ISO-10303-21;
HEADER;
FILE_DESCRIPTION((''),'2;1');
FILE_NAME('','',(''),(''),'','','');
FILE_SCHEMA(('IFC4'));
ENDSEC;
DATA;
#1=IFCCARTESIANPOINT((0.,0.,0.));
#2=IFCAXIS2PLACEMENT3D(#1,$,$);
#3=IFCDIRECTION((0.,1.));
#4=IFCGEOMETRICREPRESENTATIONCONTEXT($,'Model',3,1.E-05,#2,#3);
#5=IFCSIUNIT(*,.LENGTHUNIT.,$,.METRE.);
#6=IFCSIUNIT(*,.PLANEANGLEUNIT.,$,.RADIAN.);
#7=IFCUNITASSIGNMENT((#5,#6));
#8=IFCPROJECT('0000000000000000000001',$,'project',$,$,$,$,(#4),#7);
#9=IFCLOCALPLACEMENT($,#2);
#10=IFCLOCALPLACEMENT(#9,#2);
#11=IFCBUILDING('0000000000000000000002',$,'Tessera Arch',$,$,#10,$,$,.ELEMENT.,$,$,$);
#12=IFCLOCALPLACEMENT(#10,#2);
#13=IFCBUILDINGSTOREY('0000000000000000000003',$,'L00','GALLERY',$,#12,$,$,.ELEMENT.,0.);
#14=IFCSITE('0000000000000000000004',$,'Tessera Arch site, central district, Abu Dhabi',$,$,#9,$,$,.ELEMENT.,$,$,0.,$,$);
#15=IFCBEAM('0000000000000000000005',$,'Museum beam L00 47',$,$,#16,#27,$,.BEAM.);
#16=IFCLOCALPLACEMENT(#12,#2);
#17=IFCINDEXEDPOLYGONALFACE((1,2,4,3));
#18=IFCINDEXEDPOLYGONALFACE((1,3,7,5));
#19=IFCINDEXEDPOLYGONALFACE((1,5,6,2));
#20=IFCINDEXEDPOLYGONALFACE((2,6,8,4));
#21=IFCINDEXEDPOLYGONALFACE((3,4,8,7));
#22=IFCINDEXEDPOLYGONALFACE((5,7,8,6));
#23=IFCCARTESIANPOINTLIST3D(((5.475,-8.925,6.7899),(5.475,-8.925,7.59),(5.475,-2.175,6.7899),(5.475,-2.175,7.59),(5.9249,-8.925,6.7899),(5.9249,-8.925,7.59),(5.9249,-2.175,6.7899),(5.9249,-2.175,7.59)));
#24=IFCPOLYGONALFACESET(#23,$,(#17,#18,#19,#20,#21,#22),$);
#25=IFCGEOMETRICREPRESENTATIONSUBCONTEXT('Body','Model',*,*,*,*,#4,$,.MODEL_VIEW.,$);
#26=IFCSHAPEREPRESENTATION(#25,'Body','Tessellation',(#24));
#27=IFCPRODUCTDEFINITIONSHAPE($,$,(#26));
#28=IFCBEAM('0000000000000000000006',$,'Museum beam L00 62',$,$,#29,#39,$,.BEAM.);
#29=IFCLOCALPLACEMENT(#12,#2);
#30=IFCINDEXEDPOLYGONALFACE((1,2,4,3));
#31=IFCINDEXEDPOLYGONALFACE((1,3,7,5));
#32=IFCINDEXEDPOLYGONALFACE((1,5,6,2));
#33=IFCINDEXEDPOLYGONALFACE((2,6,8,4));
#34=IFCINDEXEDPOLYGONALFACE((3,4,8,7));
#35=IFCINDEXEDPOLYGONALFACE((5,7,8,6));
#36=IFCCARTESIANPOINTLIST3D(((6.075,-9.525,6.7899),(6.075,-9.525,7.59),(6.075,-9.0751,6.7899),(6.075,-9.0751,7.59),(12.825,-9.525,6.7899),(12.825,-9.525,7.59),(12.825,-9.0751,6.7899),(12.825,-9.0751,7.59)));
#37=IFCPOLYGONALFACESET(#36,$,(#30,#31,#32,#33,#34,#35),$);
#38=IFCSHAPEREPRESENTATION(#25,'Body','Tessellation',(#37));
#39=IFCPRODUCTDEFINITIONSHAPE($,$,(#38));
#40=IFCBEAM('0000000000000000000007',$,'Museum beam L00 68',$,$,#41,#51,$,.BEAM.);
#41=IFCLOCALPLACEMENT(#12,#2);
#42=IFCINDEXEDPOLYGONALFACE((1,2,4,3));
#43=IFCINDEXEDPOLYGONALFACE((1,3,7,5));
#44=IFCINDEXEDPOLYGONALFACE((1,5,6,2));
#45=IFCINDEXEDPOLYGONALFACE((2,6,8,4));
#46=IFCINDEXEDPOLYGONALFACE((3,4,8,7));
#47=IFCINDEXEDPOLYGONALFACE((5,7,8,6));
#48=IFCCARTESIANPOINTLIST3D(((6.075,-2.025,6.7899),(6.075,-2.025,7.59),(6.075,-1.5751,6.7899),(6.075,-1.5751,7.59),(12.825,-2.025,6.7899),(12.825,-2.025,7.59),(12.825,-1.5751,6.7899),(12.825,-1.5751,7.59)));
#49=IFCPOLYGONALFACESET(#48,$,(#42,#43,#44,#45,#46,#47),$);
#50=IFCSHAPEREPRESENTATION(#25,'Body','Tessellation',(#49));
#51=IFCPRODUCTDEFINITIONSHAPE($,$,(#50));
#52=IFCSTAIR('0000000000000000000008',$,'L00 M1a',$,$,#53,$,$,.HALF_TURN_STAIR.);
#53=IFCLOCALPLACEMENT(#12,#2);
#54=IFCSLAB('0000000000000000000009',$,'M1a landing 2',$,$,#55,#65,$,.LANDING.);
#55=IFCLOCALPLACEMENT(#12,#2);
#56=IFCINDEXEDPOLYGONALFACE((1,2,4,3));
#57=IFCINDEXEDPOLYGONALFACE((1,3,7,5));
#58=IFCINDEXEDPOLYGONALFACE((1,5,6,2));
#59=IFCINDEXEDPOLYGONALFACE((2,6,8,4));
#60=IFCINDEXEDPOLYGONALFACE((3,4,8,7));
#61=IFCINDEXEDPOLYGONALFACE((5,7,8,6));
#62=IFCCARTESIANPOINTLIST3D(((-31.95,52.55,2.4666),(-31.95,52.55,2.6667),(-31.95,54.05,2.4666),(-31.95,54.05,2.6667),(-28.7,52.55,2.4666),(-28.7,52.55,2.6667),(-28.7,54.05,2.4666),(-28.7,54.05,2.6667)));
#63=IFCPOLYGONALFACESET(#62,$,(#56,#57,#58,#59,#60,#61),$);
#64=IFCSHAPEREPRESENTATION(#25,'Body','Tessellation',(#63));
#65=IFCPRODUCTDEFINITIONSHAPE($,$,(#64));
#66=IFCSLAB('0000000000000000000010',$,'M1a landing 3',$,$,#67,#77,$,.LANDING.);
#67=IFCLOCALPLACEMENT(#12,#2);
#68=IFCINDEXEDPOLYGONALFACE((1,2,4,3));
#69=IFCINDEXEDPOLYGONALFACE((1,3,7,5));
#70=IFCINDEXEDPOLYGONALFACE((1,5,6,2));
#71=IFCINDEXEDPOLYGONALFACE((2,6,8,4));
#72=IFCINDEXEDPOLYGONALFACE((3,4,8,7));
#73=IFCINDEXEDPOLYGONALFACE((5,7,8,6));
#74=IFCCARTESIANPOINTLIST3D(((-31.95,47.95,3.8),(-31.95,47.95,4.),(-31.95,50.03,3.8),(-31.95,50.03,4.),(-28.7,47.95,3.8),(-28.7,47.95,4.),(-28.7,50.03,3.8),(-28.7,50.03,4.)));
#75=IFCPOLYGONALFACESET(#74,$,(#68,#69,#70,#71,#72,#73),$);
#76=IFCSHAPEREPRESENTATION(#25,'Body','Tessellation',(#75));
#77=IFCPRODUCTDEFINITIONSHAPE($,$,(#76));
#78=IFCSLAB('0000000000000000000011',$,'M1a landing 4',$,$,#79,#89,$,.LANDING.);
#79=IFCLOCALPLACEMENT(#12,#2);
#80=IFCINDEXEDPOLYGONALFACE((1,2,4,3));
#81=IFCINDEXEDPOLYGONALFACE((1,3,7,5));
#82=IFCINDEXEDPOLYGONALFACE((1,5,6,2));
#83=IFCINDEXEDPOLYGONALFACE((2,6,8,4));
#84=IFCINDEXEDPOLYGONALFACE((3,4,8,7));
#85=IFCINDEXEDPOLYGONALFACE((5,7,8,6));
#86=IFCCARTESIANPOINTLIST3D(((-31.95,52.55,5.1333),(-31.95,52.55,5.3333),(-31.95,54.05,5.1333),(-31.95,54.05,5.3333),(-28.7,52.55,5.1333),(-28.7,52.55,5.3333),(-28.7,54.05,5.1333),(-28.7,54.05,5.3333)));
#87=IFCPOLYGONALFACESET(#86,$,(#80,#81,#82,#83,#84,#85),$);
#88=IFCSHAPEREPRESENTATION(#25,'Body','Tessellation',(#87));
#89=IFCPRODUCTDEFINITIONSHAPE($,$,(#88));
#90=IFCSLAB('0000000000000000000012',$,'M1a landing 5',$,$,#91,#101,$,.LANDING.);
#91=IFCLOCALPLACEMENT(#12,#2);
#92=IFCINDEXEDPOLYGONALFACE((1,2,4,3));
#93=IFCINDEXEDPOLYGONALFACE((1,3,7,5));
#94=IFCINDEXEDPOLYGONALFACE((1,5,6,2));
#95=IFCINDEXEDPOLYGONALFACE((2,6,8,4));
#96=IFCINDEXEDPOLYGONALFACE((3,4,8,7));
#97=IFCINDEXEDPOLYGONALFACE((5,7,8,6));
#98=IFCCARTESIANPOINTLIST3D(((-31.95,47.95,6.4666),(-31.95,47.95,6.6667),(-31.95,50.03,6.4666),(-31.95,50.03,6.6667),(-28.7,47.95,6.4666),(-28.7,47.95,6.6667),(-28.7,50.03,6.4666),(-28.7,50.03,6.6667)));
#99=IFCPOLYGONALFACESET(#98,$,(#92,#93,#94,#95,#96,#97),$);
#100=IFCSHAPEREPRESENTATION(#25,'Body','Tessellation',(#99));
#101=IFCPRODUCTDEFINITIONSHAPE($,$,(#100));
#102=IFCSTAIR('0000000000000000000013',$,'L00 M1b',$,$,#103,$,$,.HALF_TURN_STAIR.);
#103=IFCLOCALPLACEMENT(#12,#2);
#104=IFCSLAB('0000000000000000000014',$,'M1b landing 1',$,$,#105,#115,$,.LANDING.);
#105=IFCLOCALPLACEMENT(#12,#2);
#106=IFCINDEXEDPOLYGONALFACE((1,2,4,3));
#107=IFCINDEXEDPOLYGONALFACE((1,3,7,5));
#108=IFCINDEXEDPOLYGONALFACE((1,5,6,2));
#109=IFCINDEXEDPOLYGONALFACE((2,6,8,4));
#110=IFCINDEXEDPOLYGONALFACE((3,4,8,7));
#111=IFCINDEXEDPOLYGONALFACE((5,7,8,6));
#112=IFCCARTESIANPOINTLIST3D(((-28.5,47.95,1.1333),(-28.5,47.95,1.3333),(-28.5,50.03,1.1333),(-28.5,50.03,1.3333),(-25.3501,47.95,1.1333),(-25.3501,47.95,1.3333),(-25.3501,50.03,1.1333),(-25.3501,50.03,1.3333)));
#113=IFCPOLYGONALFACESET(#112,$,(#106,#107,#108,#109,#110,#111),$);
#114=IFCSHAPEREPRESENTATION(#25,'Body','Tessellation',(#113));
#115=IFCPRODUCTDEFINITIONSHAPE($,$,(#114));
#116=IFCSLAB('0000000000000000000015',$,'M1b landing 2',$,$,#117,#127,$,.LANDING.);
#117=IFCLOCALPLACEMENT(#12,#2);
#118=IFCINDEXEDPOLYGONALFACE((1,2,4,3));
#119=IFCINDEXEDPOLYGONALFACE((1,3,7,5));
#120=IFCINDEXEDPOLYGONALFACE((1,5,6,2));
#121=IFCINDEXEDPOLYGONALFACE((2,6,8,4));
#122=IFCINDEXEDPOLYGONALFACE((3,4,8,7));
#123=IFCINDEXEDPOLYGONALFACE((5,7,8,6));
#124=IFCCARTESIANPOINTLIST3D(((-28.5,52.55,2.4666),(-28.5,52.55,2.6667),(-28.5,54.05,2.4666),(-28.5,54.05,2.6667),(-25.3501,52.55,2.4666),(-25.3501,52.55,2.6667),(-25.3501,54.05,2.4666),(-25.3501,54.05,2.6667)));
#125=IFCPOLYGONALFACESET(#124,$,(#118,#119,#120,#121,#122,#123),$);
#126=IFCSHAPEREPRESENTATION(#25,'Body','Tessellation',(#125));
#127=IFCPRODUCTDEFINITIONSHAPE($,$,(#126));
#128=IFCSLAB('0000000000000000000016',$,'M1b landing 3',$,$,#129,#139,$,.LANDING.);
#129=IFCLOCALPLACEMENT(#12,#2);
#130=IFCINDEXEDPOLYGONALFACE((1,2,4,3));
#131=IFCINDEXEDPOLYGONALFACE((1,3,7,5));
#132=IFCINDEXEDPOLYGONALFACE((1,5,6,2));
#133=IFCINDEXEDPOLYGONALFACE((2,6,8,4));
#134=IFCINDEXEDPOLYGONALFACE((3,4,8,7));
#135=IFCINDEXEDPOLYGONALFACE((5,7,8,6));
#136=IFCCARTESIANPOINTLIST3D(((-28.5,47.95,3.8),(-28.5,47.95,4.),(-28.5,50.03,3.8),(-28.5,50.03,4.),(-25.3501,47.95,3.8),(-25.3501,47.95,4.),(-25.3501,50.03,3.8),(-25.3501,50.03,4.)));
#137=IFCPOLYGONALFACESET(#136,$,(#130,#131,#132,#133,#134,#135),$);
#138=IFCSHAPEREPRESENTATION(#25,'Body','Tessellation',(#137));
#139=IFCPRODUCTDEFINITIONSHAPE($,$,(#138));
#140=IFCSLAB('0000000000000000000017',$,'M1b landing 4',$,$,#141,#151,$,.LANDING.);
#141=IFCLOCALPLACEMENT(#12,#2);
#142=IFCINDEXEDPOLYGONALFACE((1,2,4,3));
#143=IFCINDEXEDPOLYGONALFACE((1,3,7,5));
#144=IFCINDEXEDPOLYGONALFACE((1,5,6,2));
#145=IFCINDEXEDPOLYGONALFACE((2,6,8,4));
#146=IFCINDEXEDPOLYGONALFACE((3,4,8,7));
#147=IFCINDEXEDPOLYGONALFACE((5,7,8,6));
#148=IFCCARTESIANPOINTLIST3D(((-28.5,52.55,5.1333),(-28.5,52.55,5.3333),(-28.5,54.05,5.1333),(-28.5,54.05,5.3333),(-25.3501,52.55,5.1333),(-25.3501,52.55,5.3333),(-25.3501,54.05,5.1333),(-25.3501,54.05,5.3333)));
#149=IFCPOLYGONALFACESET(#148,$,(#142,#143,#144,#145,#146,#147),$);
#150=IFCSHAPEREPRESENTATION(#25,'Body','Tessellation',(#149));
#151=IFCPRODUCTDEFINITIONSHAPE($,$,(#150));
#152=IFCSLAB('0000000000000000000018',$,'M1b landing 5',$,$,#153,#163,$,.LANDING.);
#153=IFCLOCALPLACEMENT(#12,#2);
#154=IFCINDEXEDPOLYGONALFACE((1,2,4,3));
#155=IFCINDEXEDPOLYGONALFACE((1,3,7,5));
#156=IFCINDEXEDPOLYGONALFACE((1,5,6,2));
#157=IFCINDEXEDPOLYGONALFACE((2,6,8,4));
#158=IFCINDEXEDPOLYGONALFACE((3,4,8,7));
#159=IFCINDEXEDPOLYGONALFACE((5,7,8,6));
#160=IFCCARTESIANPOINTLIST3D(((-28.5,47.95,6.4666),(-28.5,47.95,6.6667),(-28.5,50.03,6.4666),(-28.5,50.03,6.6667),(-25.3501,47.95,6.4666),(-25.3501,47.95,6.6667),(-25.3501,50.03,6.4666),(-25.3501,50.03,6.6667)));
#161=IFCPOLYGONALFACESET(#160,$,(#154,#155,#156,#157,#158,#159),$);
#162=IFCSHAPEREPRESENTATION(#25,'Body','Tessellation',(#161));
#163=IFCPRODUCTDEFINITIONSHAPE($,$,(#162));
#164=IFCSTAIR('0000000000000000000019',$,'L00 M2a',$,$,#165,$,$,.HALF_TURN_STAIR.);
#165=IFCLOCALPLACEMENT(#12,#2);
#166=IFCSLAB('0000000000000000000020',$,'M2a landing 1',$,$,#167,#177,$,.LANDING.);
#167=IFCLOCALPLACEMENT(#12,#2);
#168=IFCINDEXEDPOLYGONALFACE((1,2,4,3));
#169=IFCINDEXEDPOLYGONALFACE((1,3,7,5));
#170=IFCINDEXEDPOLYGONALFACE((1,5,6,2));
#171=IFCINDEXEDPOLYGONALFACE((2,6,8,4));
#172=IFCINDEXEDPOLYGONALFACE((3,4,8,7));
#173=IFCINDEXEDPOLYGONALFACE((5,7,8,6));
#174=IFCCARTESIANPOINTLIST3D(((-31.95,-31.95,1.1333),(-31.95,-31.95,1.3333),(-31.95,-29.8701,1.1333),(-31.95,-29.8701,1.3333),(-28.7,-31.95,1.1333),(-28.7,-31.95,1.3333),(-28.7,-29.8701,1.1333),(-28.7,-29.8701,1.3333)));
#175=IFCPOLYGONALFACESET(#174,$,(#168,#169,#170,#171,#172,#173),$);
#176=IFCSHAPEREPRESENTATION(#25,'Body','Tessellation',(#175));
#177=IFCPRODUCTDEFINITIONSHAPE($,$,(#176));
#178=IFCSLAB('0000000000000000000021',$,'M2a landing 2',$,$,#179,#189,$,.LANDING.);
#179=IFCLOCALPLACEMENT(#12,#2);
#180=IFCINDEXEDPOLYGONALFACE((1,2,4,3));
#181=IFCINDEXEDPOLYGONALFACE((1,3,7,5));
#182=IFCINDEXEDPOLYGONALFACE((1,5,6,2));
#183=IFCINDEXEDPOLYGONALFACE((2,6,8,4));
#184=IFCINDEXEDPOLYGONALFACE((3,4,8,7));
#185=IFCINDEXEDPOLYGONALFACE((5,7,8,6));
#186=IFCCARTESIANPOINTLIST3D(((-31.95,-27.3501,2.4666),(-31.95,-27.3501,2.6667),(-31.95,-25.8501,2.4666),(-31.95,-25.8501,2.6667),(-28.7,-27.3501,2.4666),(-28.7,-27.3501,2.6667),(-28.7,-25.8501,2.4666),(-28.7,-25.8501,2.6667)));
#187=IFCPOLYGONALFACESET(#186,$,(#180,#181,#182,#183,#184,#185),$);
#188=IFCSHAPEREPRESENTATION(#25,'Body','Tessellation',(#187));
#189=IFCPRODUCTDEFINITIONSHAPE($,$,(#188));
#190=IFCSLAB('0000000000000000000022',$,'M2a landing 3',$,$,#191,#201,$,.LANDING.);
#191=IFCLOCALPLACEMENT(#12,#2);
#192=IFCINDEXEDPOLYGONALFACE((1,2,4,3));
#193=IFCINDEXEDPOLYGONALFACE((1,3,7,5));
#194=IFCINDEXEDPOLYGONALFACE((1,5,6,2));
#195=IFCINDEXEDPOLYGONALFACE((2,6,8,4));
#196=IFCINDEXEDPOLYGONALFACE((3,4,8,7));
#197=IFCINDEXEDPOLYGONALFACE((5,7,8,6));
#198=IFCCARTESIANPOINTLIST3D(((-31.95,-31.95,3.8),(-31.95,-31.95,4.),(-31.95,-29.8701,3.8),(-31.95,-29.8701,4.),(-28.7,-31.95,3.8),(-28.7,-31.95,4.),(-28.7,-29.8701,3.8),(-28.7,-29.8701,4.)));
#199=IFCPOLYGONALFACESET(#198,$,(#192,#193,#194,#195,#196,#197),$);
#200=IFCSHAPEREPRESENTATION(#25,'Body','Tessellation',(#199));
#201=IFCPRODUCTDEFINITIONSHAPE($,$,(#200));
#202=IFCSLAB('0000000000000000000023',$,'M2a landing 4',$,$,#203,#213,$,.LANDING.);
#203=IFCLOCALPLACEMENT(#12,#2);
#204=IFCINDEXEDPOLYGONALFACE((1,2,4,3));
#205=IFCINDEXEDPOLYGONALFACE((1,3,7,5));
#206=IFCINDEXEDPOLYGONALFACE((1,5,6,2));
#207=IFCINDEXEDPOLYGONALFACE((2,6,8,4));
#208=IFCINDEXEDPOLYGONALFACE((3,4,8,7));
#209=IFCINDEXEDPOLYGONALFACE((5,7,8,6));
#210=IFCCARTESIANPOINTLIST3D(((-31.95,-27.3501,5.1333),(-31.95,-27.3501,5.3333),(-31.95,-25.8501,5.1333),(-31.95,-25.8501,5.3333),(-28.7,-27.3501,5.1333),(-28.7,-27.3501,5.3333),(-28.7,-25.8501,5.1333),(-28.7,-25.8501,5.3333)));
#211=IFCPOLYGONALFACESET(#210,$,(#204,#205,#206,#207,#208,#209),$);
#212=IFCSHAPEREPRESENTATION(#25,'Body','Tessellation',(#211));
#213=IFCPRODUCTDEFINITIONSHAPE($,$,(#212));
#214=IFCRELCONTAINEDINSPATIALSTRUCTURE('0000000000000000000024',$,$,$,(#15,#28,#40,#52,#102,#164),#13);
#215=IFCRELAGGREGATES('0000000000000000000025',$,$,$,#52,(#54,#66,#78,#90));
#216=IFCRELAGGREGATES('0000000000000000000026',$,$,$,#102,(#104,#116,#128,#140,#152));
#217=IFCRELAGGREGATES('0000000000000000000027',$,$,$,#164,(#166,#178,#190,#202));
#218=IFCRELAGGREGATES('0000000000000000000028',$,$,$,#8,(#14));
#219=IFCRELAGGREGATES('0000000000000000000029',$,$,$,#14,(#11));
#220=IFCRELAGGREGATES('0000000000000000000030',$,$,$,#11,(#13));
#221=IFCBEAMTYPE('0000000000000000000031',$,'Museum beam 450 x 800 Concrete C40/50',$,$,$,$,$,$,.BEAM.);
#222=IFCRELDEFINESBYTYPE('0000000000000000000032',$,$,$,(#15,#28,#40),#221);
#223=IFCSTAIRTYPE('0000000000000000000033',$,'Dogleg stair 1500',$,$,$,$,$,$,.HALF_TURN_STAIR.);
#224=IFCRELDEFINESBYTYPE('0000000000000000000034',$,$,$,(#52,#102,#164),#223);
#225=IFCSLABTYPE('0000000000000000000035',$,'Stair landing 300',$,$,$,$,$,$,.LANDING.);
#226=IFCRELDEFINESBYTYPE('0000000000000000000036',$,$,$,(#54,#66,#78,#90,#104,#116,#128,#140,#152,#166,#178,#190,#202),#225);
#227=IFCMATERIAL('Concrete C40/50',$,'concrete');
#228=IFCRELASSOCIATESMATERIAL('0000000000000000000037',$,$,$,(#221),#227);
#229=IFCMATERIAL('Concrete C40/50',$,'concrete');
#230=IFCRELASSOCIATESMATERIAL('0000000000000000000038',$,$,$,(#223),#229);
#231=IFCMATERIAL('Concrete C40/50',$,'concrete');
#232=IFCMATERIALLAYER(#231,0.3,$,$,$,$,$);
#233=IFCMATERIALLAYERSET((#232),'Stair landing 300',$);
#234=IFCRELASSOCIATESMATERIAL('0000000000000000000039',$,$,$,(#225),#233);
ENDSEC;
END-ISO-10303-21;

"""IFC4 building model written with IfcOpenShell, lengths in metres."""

from ifc_helpers import new_model, si_unit, direction, frame, origin, origin_2d, place, context, subcontext, project, spatial, polyline, rectangle, outline, extrude, material, layer, layer_set, material_profile, profile_set, type_object, element, aggregate, save


model = new_model("IFC4")

# Units and contexts
model_context = context("Model", 3, precision=1e-05, world=origin(), true_north=direction((0.0, 1.0)))
body_context = subcontext(model_context, "Body", "Model", "MODEL_VIEW")
ifc_project = project(units=[si_unit("LENGTHUNIT", "METRE"), si_unit("PLANEANGLEUNIT", "RADIAN")], contexts=[model_context])

# Site, building, storey
site_placement = place(None, origin())
site = spatial("IfcSite", under=ifc_project, at=site_placement, Name="Tessera Arch site, central district, Abu Dhabi", CompositionType="ELEMENT", RefElevation=0.0)
building_placement = place(site_placement, origin())
building = spatial("IfcBuilding", under=site, at=building_placement, Name="Tessera Arch", CompositionType="ELEMENT")
storey_placement = place(building_placement, origin())
storey = spatial("IfcBuildingStorey", under=building, at=storey_placement, Name="L00", Description="GALLERY", CompositionType="ELEMENT", Elevation=0.0)

# Beams
ifc_material_1 = material(Name="Concrete C40/50", Category="concrete")
ifc_material_profile = material_profile(ifc_material_1, rectangle(XDim=0.45, YDim=0.8, at=origin_2d()), Name="Museum beam 450 x 800 Concrete C40/50")
ifc_profile_set = profile_set([ifc_material_profile], Name="Concrete C40/50")
beam_type = type_object("IfcBeamType", Name="Museum beam 450 x 800 Concrete C40/50", PredefinedType="BEAM", material=ifc_profile_set)
for number, where, z_axis, x_axis, name in (
    (1, (5.7, -8.925, 7.1899), (0.0, 1.0, 0.0), (-1.0, 0.0, 0.0), "Museum beam L00 47"),
    (2, (6.075, -9.3, 7.1899), (1.0, 0.0, 0.0), (0.0, 1.0, 0.0), "Museum beam L00 62"),
    (3, (6.075, -1.8, 7.1899), (1.0, 0.0, 0.0), (0.0, 1.0, 0.0), "Museum beam L00 68"),
):
    element("IfcBeam", number, at=place(storey_placement, frame(where, z_axis=z_axis, x_axis=x_axis)), inside=storey, type_object=beam_type, Name=name, PredefinedType="BEAM", context=body_context, shape_type="SweptSolid", body=[
        extrude(rectangle(XDim=0.45, YDim=0.8, at=origin_2d()), origin(), (0.0, 0.0, 1.0), 6.75),
    ])

# Stairs, slabs
ifc_material_2 = material(Name="Concrete C40/50", Category="concrete")
stair_type = type_object("IfcStairType", Name="Dogleg stair 1500", PredefinedType="HALF_TURN_STAIR", material=ifc_material_2)
stair_1_placement = place(storey_placement, origin())
stair_1 = element("IfcStair", 4, at=stair_1_placement, inside=storey, type_object=stair_type, Name="L00 M1a", PredefinedType="HALF_TURN_STAIR")
ifc_material_3 = material(Name="Concrete C40/50", Category="concrete")
ifc_layer = layer(ifc_material_3, 0.3)
ifc_layer_set = layer_set([ifc_layer], Name="Stair landing 300")
slab_type = type_object("IfcSlabType", Name="Stair landing 300", PredefinedType="LANDING", material=ifc_layer_set)
slab_1_placement = place(storey_placement, frame((0.0, 0.0, 2.4666)))
slab_1 = element("IfcSlab", 5, at=slab_1_placement, type_object=slab_type, Name="M1a landing 2", PredefinedType="LANDING", context=body_context, shape_type="SweptSolid", body=[
    extrude(outline(polyline([(-31.95, 54.05), (-31.95, 52.55), (-28.7, 52.55), (-28.7, 54.05), (-31.95, 54.05)])), origin(), (0.0, 0.0, 1.0), 0.2002),
])
slab_2_placement = place(storey_placement, frame((0.0, 0.0, 3.8)))
slab_2 = element("IfcSlab", 6, at=slab_2_placement, type_object=slab_type, Name="M1a landing 3", PredefinedType="LANDING", context=body_context, shape_type="SweptSolid", body=[
    extrude(outline(polyline([(-31.95, 50.03), (-31.95, 47.95), (-28.7, 47.95), (-28.7, 50.03), (-31.95, 50.03)])), origin(), (0.0, 0.0, 1.0), 0.2),
])
slab_3_placement = place(storey_placement, frame((0.0, 0.0, 5.1333)))
slab_3 = element("IfcSlab", 7, at=slab_3_placement, type_object=slab_type, Name="M1a landing 4", PredefinedType="LANDING", context=body_context, shape_type="SweptSolid", body=[
    extrude(outline(polyline([(-31.95, 54.05), (-31.95, 52.55), (-28.7, 52.55), (-28.7, 54.05), (-31.95, 54.05)])), origin(), (0.0, 0.0, 1.0), 0.2),
])
slab_4_placement = place(storey_placement, frame((0.0, 0.0, 6.4666)))
slab_4 = element("IfcSlab", 8, at=slab_4_placement, type_object=slab_type, Name="M1a landing 5", PredefinedType="LANDING", context=body_context, shape_type="SweptSolid", body=[
    extrude(outline(polyline([(-31.95, 50.03), (-31.95, 47.95), (-28.7, 47.95), (-28.7, 50.03), (-31.95, 50.03)])), origin(), (0.0, 0.0, 1.0), 0.2002),
])
aggregate(stair_1, [slab_1, slab_2, slab_3, slab_4])
stair_2_placement = place(storey_placement, origin())
stair_2 = element("IfcStair", 9, at=stair_2_placement, inside=storey, type_object=stair_type, Name="L00 M1b", PredefinedType="HALF_TURN_STAIR")
slab_5_placement = place(storey_placement, frame((0.0, 0.0, 1.1333)))
slab_5 = element("IfcSlab", 10, at=slab_5_placement, type_object=slab_type, Name="M1b landing 1", PredefinedType="LANDING", context=body_context, shape_type="SweptSolid", body=[
    extrude(outline(polyline([(-28.5, 50.03), (-28.5, 47.95), (-25.3501, 47.95), (-25.3501, 50.03), (-28.5, 50.03)])), origin(), (0.0, 0.0, 1.0), 0.2),
])
slab_6_placement = place(storey_placement, frame((0.0, 0.0, 2.4666)))
slab_6 = element("IfcSlab", 11, at=slab_6_placement, type_object=slab_type, Name="M1b landing 2", PredefinedType="LANDING", context=body_context, shape_type="SweptSolid", body=[
    extrude(outline(polyline([(-28.5, 54.05), (-28.5, 52.55), (-25.3501, 52.55), (-25.3501, 54.05), (-28.5, 54.05)])), origin(), (0.0, 0.0, 1.0), 0.2002),
])
slab_7_placement = place(storey_placement, frame((0.0, 0.0, 3.8)))
slab_7 = element("IfcSlab", 12, at=slab_7_placement, type_object=slab_type, Name="M1b landing 3", PredefinedType="LANDING", context=body_context, shape_type="SweptSolid", body=[
    extrude(outline(polyline([(-28.5, 50.03), (-28.5, 47.95), (-25.3501, 47.95), (-25.3501, 50.03), (-28.5, 50.03)])), origin(), (0.0, 0.0, 1.0), 0.2),
])
slab_8_placement = place(storey_placement, frame((0.0, 0.0, 5.1333)))
slab_8 = element("IfcSlab", 13, at=slab_8_placement, type_object=slab_type, Name="M1b landing 4", PredefinedType="LANDING", context=body_context, shape_type="SweptSolid", body=[
    extrude(outline(polyline([(-28.5, 54.05), (-28.5, 52.55), (-25.3501, 52.55), (-25.3501, 54.05), (-28.5, 54.05)])), origin(), (0.0, 0.0, 1.0), 0.2),
])
slab_9_placement = place(storey_placement, frame((0.0, 0.0, 6.4666)))
slab_9 = element("IfcSlab", 14, at=slab_9_placement, type_object=slab_type, Name="M1b landing 5", PredefinedType="LANDING", context=body_context, shape_type="SweptSolid", body=[
    extrude(outline(polyline([(-28.5, 50.03), (-28.5, 47.95), (-25.3501, 47.95), (-25.3501, 50.03), (-28.5, 50.03)])), origin(), (0.0, 0.0, 1.0), 0.2002),
])
aggregate(stair_2, [slab_5, slab_6, slab_7, slab_8, slab_9])
stair_3_placement = place(storey_placement, origin())
stair_3 = element("IfcStair", 15, at=stair_3_placement, inside=storey, type_object=stair_type, Name="L00 M2a", PredefinedType="HALF_TURN_STAIR")
slab_10_placement = place(storey_placement, frame((0.0, 0.0, 1.1333)))
slab_10 = element("IfcSlab", 16, at=slab_10_placement, type_object=slab_type, Name="M2a landing 1", PredefinedType="LANDING", context=body_context, shape_type="SweptSolid", body=[
    extrude(outline(polyline([(-31.95, -29.8701), (-31.95, -31.95), (-28.7, -31.95), (-28.7, -29.8701), (-31.95, -29.8701)])), origin(), (0.0, 0.0, 1.0), 0.2),
])
slab_11_placement = place(storey_placement, frame((0.0, 0.0, 2.4666)))
slab_11 = element("IfcSlab", 17, at=slab_11_placement, type_object=slab_type, Name="M2a landing 2", PredefinedType="LANDING", context=body_context, shape_type="SweptSolid", body=[
    extrude(outline(polyline([(-31.95, -25.8501), (-31.95, -27.3501), (-28.7, -27.3501), (-28.7, -25.8501), (-31.95, -25.8501)])), origin(), (0.0, 0.0, 1.0), 0.2002),
])
slab_12_placement = place(storey_placement, frame((0.0, 0.0, 3.8)))
slab_12 = element("IfcSlab", 18, at=slab_12_placement, type_object=slab_type, Name="M2a landing 3", PredefinedType="LANDING", context=body_context, shape_type="SweptSolid", body=[
    extrude(outline(polyline([(-31.95, -29.8701), (-31.95, -31.95), (-28.7, -31.95), (-28.7, -29.8701), (-31.95, -29.8701)])), origin(), (0.0, 0.0, 1.0), 0.2),
])
slab_13_placement = place(storey_placement, frame((0.0, 0.0, 5.1333)))
slab_13 = element("IfcSlab", 19, at=slab_13_placement, type_object=slab_type, Name="M2a landing 4", PredefinedType="LANDING", context=body_context, shape_type="SweptSolid", body=[
    extrude(outline(polyline([(-31.95, -25.8501), (-31.95, -27.3501), (-28.7, -27.3501), (-28.7, -25.8501), (-31.95, -25.8501)])), origin(), (0.0, 0.0, 1.0), 0.2),
])
aggregate(stair_3, [slab_10, slab_11, slab_12, slab_13])

save(model, "model.ifc")
